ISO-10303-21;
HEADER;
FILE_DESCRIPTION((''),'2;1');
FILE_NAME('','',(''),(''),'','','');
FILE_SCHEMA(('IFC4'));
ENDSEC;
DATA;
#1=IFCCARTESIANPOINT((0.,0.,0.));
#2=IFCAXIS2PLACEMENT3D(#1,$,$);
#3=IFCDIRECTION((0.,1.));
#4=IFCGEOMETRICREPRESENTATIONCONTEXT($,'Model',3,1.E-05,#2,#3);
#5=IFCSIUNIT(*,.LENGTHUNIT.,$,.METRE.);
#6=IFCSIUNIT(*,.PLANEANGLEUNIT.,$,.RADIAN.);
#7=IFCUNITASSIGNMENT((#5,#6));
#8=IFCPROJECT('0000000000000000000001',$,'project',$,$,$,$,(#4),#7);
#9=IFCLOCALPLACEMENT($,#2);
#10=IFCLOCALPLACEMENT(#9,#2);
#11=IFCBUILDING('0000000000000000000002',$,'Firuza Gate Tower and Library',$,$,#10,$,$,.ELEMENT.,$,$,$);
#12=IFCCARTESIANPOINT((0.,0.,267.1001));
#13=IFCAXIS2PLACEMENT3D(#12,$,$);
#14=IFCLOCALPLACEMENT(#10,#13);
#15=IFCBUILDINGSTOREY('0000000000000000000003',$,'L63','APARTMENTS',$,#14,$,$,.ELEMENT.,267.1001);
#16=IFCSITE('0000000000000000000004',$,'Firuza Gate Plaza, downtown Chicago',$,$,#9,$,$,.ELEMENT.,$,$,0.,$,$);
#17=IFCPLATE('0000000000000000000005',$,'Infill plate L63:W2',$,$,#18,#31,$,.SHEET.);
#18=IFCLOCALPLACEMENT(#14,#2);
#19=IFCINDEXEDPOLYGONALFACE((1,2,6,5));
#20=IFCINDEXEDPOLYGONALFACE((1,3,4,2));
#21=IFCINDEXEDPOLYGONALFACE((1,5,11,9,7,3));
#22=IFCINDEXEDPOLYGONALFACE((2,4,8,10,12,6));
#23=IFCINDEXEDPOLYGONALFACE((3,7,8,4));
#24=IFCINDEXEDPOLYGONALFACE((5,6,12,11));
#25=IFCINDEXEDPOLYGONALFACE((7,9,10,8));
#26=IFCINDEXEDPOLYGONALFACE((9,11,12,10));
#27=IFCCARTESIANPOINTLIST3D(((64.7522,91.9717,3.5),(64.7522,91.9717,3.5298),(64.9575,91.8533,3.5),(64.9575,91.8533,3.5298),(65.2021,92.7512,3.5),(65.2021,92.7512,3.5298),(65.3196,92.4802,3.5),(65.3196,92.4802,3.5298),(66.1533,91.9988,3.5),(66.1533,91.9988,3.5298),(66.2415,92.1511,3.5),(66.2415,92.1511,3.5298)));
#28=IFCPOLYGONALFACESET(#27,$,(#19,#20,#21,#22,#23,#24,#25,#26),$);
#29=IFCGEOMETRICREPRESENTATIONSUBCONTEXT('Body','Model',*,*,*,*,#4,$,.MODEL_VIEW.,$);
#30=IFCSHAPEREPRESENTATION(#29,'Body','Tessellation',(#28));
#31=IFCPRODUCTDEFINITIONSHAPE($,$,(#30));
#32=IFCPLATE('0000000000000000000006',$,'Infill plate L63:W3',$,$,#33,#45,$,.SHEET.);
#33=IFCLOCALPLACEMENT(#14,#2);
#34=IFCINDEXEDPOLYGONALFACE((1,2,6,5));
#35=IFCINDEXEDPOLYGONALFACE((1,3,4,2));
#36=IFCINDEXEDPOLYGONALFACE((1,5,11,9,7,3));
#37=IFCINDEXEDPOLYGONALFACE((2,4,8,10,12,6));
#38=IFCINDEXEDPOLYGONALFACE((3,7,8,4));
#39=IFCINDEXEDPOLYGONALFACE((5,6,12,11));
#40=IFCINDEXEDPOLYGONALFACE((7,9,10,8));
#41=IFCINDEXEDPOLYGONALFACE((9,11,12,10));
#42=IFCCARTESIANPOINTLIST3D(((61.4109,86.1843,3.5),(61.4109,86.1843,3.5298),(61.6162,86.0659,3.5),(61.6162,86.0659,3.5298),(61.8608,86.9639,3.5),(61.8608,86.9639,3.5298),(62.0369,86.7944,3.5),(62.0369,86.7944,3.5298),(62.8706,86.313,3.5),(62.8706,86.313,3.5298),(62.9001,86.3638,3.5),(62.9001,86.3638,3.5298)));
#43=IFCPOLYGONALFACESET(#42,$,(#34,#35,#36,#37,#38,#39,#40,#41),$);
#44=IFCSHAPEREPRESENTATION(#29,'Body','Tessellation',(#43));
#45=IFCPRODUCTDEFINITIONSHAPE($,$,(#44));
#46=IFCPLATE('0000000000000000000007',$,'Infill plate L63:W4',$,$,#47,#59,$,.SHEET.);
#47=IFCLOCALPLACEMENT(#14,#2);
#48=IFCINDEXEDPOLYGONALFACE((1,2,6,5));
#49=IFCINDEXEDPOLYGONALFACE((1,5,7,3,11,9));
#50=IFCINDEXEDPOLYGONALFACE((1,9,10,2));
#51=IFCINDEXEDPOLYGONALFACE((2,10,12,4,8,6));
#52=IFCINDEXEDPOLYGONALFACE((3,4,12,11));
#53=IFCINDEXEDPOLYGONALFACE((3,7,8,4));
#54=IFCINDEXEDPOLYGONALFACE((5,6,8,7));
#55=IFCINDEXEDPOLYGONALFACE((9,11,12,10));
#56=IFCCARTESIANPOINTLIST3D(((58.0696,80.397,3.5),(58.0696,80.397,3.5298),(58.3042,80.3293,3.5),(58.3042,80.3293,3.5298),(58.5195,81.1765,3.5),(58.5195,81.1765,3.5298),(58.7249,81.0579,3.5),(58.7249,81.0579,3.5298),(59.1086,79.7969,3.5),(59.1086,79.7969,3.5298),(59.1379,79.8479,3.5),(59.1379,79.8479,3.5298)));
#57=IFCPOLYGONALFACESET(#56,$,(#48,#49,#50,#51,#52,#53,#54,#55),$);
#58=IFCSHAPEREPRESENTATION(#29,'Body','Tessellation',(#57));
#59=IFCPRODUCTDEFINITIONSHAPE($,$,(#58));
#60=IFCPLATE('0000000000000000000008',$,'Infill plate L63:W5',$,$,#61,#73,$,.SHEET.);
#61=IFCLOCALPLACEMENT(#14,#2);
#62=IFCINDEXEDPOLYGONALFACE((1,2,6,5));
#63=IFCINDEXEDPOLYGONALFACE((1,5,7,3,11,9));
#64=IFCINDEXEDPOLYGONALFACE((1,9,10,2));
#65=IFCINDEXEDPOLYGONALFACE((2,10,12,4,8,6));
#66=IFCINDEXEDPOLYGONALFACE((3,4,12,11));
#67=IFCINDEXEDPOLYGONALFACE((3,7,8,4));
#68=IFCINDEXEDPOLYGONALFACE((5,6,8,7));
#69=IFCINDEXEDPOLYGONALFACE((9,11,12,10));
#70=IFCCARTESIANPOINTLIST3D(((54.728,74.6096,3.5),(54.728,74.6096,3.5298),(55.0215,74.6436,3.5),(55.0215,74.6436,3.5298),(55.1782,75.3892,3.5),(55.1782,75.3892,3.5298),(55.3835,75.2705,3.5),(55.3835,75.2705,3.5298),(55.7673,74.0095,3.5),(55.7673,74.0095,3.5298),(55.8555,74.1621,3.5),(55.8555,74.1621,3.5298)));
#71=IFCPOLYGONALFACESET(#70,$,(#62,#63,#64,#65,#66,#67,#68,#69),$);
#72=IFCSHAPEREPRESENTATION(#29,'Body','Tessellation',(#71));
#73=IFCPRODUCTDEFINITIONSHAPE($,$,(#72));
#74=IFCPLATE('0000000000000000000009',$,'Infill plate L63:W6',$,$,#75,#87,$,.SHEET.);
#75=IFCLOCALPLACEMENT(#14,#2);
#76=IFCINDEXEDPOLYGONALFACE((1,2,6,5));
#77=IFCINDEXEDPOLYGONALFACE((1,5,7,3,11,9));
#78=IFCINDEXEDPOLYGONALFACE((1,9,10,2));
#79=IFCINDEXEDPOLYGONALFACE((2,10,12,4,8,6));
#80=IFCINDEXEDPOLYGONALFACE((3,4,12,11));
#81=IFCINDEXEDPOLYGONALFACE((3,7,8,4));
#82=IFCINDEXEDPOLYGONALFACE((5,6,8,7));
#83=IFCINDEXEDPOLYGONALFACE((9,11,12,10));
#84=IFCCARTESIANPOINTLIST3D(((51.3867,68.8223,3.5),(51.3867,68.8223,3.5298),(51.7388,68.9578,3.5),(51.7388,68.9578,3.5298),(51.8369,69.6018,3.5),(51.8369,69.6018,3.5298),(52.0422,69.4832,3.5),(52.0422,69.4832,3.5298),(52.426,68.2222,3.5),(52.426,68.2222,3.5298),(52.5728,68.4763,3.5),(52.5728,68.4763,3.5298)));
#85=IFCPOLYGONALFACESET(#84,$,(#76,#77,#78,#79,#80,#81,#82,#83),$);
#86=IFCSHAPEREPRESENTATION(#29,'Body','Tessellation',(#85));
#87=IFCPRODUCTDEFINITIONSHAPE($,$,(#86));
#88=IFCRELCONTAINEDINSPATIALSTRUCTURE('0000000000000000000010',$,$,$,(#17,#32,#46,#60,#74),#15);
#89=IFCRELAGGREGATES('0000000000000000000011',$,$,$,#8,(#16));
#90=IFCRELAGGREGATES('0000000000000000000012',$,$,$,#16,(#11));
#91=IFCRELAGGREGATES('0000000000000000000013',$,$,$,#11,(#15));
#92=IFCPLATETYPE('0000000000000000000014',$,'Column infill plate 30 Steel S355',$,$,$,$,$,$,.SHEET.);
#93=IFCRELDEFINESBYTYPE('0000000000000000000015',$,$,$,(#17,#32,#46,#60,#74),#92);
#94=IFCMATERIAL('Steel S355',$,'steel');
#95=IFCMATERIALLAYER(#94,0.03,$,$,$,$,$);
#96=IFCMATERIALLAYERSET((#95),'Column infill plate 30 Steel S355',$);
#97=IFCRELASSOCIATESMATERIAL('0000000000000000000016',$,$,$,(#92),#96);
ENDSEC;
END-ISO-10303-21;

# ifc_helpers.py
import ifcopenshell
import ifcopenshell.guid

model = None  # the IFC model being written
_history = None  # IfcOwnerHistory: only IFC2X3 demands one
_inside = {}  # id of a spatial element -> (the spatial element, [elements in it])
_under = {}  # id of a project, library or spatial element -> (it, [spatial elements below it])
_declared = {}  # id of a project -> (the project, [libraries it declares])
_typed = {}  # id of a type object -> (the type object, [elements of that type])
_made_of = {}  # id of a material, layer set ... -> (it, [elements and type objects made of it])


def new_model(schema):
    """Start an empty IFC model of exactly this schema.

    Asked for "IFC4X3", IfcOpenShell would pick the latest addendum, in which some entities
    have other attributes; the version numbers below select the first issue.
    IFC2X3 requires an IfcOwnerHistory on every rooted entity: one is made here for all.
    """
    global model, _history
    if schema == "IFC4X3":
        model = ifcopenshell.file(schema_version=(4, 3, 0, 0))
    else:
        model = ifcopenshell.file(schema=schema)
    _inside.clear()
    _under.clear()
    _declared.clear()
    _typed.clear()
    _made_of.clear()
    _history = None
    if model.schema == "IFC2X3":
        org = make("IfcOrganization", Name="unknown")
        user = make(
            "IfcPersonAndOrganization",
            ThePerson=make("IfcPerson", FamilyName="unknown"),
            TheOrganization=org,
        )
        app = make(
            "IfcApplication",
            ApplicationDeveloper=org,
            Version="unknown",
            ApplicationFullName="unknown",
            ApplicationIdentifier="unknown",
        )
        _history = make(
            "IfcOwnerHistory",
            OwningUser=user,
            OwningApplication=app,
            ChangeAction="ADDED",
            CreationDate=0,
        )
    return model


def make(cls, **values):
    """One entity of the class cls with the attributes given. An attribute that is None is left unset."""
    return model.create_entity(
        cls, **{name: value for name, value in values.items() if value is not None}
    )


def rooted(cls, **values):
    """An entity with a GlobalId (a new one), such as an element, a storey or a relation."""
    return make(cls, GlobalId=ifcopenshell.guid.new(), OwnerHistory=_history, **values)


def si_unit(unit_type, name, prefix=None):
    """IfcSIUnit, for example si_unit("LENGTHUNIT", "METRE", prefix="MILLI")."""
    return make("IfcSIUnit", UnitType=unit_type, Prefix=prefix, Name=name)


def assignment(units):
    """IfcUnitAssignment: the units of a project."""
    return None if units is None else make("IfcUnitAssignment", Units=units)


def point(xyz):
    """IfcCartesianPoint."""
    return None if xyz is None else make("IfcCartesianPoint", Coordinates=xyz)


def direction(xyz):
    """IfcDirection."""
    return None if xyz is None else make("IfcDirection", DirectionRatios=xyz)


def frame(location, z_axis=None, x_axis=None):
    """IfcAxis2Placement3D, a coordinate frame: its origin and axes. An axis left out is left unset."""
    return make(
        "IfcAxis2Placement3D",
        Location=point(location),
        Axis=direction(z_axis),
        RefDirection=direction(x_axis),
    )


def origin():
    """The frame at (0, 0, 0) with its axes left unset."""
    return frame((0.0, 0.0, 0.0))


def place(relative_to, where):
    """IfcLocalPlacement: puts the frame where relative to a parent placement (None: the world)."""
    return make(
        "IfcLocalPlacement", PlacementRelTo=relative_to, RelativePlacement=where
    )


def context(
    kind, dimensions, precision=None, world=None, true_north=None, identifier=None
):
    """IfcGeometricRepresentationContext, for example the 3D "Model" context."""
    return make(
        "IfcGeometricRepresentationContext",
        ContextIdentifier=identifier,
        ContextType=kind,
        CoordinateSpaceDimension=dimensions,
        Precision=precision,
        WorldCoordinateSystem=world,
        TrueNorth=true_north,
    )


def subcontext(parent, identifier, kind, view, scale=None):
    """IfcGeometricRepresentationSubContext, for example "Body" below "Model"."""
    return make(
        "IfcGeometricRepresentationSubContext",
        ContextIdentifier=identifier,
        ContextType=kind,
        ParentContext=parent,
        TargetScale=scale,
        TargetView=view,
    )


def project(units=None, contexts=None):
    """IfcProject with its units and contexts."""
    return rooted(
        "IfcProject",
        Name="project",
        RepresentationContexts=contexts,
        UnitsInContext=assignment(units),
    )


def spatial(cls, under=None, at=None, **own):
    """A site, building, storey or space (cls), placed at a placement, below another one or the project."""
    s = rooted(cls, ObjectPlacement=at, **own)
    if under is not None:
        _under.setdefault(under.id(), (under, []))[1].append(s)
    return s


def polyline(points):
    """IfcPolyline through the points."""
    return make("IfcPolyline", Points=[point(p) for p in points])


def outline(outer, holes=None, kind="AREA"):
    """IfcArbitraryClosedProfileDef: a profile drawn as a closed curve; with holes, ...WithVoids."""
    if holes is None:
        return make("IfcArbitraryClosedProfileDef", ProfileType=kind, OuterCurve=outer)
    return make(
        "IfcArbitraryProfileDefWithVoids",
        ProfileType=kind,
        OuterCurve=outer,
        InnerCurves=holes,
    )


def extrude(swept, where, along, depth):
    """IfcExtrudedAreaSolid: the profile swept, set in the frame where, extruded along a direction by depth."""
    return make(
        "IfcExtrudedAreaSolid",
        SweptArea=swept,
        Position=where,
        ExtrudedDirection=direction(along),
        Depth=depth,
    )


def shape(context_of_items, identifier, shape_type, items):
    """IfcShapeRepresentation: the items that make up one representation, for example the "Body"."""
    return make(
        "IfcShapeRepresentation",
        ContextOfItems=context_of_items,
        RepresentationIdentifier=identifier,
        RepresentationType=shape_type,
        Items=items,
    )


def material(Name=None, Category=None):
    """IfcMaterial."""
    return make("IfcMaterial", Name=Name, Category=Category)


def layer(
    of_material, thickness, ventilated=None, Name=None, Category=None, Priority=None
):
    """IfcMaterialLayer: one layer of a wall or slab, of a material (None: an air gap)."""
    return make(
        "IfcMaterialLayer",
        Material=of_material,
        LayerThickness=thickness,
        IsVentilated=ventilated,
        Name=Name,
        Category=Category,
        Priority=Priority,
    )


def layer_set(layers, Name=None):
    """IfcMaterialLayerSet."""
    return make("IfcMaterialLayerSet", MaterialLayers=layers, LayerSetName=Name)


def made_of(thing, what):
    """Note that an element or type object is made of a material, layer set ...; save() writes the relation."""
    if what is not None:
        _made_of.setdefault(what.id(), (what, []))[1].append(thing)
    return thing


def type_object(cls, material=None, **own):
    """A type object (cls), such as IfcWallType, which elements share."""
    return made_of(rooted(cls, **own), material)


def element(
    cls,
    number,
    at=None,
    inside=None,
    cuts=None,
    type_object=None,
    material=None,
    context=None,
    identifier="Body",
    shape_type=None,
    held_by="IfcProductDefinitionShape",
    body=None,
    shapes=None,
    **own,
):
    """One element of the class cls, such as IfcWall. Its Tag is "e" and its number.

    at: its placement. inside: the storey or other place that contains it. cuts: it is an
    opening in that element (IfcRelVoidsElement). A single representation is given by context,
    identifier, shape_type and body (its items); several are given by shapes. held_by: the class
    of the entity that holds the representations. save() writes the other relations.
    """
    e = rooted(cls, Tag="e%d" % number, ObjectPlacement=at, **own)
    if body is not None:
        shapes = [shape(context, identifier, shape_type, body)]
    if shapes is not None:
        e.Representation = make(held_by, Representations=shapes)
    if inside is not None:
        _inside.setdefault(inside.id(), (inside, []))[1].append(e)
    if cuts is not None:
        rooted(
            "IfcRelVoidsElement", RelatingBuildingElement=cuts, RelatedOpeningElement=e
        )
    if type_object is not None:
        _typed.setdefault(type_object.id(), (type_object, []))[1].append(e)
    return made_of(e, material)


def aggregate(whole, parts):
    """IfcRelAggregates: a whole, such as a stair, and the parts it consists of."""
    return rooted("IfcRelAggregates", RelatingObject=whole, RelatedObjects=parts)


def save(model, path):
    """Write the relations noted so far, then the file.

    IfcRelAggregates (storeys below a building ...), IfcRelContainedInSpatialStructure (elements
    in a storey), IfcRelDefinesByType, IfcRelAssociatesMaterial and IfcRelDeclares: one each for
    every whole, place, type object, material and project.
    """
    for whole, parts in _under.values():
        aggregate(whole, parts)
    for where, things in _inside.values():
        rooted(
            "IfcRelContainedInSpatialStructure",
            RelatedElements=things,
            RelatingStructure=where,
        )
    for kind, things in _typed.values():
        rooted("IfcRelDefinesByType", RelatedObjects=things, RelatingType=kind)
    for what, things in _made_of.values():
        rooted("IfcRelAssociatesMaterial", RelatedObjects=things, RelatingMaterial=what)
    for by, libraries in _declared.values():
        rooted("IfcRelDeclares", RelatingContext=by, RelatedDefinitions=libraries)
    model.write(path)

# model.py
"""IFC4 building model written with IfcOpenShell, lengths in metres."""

from ifc_helpers import new_model, si_unit, direction, frame, origin, place, context, subcontext, project, spatial, polyline, outline, extrude, material, layer, layer_set, type_object, element, save


model = new_model("IFC4")

# Units and contexts
model_context = context("Model", 3, precision=1e-05, world=origin(), true_north=direction((0.0, 1.0)))
body_context = subcontext(model_context, "Body", "Model", "MODEL_VIEW")
ifc_project = project(units=[si_unit("LENGTHUNIT", "METRE"), si_unit("PLANEANGLEUNIT", "RADIAN")], contexts=[model_context])

# Site, building, storey
site_placement = place(None, origin())
site = spatial("IfcSite", under=ifc_project, at=site_placement, Name="Firuza Gate Plaza, downtown Chicago", CompositionType="ELEMENT", RefElevation=0.0)
building_placement = place(site_placement, origin())
building = spatial("IfcBuilding", under=site, at=building_placement, Name="Firuza Gate Tower and Library", CompositionType="ELEMENT")
storey_placement = place(building_placement, frame((0.0, 0.0, 267.1001)))
storey = spatial("IfcBuildingStorey", under=building, at=storey_placement, Name="L63", Description="APARTMENTS", CompositionType="ELEMENT", Elevation=267.1001)

# Plates
ifc_material_1 = material(Name="Steel S355", Category="steel")
ifc_layer_1 = layer(ifc_material_1, 0.03)
ifc_layer_set_1 = layer_set([ifc_layer_1], Name="Column infill plate 30 Steel S355")
plate_type = type_object("IfcPlateType", Name="Column infill plate 30 Steel S355", PredefinedType="SHEET", material=ifc_layer_set_1)
placement_1 = place(storey_placement, frame((0.0, 0.0, 3.5)))
element("IfcPlate", 1, at=placement_1, inside=storey, type_object=plate_type, Name="Infill plate L63:W2", PredefinedType="SHEET", context=body_context, shape_type="SweptSolid", body=[
    extrude(outline(polyline([(64.7522, 91.9717), (64.9575, 91.8533), (65.3196, 92.4802), (66.1533, 91.9988), (66.2415, 92.1511), (65.2021, 92.7512), (64.7522, 91.9717)])), origin(), (0.0, 0.0, 1.0), 0.0298),
])
element("IfcPlate", 2, at=placement_1, inside=storey, type_object=plate_type, Name="Infill plate L63:W3", PredefinedType="SHEET", context=body_context, shape_type="SweptSolid", body=[
    extrude(outline(polyline([(61.4109, 86.1843), (61.6162, 86.0659), (62.0369, 86.7944), (62.8706, 86.313), (62.9001, 86.3638), (61.8608, 86.9639), (61.4109, 86.1843)])), origin(), (0.0, 0.0, 1.0), 0.0298),
])
element("IfcPlate", 3, at=placement_1, inside=storey, type_object=plate_type, Name="Infill plate L63:W4", PredefinedType="SHEET", context=body_context, shape_type="SweptSolid", body=[
    extrude(outline(polyline([(59.1086, 79.7969), (59.1379, 79.8479), (58.3042, 80.3293), (58.7249, 81.0579), (58.5195, 81.1765), (58.0696, 80.397), (59.1086, 79.7969)])), origin(), (0.0, 0.0, 1.0), 0.0298),
])
element("IfcPlate", 4, at=placement_1, inside=storey, type_object=plate_type, Name="Infill plate L63:W5", PredefinedType="SHEET", context=body_context, shape_type="SweptSolid", body=[
    extrude(outline(polyline([(55.7673, 74.0095), (55.8555, 74.1621), (55.0215, 74.6436), (55.3835, 75.2705), (55.1782, 75.3892), (54.728, 74.6096), (55.7673, 74.0095)])), origin(), (0.0, 0.0, 1.0), 0.0298),
])
element("IfcPlate", 5, at=placement_1, inside=storey, type_object=plate_type, Name="Infill plate L63:W6", PredefinedType="SHEET", context=body_context, shape_type="SweptSolid", body=[
    extrude(outline(polyline([(52.426, 68.2222), (52.5728, 68.4763), (51.7388, 68.9578), (52.0422, 69.4832), (51.8369, 69.6018), (51.3867, 68.8223), (52.426, 68.2222)])), origin(), (0.0, 0.0, 1.0), 0.0298),
])

save(model, "model.ifc")
